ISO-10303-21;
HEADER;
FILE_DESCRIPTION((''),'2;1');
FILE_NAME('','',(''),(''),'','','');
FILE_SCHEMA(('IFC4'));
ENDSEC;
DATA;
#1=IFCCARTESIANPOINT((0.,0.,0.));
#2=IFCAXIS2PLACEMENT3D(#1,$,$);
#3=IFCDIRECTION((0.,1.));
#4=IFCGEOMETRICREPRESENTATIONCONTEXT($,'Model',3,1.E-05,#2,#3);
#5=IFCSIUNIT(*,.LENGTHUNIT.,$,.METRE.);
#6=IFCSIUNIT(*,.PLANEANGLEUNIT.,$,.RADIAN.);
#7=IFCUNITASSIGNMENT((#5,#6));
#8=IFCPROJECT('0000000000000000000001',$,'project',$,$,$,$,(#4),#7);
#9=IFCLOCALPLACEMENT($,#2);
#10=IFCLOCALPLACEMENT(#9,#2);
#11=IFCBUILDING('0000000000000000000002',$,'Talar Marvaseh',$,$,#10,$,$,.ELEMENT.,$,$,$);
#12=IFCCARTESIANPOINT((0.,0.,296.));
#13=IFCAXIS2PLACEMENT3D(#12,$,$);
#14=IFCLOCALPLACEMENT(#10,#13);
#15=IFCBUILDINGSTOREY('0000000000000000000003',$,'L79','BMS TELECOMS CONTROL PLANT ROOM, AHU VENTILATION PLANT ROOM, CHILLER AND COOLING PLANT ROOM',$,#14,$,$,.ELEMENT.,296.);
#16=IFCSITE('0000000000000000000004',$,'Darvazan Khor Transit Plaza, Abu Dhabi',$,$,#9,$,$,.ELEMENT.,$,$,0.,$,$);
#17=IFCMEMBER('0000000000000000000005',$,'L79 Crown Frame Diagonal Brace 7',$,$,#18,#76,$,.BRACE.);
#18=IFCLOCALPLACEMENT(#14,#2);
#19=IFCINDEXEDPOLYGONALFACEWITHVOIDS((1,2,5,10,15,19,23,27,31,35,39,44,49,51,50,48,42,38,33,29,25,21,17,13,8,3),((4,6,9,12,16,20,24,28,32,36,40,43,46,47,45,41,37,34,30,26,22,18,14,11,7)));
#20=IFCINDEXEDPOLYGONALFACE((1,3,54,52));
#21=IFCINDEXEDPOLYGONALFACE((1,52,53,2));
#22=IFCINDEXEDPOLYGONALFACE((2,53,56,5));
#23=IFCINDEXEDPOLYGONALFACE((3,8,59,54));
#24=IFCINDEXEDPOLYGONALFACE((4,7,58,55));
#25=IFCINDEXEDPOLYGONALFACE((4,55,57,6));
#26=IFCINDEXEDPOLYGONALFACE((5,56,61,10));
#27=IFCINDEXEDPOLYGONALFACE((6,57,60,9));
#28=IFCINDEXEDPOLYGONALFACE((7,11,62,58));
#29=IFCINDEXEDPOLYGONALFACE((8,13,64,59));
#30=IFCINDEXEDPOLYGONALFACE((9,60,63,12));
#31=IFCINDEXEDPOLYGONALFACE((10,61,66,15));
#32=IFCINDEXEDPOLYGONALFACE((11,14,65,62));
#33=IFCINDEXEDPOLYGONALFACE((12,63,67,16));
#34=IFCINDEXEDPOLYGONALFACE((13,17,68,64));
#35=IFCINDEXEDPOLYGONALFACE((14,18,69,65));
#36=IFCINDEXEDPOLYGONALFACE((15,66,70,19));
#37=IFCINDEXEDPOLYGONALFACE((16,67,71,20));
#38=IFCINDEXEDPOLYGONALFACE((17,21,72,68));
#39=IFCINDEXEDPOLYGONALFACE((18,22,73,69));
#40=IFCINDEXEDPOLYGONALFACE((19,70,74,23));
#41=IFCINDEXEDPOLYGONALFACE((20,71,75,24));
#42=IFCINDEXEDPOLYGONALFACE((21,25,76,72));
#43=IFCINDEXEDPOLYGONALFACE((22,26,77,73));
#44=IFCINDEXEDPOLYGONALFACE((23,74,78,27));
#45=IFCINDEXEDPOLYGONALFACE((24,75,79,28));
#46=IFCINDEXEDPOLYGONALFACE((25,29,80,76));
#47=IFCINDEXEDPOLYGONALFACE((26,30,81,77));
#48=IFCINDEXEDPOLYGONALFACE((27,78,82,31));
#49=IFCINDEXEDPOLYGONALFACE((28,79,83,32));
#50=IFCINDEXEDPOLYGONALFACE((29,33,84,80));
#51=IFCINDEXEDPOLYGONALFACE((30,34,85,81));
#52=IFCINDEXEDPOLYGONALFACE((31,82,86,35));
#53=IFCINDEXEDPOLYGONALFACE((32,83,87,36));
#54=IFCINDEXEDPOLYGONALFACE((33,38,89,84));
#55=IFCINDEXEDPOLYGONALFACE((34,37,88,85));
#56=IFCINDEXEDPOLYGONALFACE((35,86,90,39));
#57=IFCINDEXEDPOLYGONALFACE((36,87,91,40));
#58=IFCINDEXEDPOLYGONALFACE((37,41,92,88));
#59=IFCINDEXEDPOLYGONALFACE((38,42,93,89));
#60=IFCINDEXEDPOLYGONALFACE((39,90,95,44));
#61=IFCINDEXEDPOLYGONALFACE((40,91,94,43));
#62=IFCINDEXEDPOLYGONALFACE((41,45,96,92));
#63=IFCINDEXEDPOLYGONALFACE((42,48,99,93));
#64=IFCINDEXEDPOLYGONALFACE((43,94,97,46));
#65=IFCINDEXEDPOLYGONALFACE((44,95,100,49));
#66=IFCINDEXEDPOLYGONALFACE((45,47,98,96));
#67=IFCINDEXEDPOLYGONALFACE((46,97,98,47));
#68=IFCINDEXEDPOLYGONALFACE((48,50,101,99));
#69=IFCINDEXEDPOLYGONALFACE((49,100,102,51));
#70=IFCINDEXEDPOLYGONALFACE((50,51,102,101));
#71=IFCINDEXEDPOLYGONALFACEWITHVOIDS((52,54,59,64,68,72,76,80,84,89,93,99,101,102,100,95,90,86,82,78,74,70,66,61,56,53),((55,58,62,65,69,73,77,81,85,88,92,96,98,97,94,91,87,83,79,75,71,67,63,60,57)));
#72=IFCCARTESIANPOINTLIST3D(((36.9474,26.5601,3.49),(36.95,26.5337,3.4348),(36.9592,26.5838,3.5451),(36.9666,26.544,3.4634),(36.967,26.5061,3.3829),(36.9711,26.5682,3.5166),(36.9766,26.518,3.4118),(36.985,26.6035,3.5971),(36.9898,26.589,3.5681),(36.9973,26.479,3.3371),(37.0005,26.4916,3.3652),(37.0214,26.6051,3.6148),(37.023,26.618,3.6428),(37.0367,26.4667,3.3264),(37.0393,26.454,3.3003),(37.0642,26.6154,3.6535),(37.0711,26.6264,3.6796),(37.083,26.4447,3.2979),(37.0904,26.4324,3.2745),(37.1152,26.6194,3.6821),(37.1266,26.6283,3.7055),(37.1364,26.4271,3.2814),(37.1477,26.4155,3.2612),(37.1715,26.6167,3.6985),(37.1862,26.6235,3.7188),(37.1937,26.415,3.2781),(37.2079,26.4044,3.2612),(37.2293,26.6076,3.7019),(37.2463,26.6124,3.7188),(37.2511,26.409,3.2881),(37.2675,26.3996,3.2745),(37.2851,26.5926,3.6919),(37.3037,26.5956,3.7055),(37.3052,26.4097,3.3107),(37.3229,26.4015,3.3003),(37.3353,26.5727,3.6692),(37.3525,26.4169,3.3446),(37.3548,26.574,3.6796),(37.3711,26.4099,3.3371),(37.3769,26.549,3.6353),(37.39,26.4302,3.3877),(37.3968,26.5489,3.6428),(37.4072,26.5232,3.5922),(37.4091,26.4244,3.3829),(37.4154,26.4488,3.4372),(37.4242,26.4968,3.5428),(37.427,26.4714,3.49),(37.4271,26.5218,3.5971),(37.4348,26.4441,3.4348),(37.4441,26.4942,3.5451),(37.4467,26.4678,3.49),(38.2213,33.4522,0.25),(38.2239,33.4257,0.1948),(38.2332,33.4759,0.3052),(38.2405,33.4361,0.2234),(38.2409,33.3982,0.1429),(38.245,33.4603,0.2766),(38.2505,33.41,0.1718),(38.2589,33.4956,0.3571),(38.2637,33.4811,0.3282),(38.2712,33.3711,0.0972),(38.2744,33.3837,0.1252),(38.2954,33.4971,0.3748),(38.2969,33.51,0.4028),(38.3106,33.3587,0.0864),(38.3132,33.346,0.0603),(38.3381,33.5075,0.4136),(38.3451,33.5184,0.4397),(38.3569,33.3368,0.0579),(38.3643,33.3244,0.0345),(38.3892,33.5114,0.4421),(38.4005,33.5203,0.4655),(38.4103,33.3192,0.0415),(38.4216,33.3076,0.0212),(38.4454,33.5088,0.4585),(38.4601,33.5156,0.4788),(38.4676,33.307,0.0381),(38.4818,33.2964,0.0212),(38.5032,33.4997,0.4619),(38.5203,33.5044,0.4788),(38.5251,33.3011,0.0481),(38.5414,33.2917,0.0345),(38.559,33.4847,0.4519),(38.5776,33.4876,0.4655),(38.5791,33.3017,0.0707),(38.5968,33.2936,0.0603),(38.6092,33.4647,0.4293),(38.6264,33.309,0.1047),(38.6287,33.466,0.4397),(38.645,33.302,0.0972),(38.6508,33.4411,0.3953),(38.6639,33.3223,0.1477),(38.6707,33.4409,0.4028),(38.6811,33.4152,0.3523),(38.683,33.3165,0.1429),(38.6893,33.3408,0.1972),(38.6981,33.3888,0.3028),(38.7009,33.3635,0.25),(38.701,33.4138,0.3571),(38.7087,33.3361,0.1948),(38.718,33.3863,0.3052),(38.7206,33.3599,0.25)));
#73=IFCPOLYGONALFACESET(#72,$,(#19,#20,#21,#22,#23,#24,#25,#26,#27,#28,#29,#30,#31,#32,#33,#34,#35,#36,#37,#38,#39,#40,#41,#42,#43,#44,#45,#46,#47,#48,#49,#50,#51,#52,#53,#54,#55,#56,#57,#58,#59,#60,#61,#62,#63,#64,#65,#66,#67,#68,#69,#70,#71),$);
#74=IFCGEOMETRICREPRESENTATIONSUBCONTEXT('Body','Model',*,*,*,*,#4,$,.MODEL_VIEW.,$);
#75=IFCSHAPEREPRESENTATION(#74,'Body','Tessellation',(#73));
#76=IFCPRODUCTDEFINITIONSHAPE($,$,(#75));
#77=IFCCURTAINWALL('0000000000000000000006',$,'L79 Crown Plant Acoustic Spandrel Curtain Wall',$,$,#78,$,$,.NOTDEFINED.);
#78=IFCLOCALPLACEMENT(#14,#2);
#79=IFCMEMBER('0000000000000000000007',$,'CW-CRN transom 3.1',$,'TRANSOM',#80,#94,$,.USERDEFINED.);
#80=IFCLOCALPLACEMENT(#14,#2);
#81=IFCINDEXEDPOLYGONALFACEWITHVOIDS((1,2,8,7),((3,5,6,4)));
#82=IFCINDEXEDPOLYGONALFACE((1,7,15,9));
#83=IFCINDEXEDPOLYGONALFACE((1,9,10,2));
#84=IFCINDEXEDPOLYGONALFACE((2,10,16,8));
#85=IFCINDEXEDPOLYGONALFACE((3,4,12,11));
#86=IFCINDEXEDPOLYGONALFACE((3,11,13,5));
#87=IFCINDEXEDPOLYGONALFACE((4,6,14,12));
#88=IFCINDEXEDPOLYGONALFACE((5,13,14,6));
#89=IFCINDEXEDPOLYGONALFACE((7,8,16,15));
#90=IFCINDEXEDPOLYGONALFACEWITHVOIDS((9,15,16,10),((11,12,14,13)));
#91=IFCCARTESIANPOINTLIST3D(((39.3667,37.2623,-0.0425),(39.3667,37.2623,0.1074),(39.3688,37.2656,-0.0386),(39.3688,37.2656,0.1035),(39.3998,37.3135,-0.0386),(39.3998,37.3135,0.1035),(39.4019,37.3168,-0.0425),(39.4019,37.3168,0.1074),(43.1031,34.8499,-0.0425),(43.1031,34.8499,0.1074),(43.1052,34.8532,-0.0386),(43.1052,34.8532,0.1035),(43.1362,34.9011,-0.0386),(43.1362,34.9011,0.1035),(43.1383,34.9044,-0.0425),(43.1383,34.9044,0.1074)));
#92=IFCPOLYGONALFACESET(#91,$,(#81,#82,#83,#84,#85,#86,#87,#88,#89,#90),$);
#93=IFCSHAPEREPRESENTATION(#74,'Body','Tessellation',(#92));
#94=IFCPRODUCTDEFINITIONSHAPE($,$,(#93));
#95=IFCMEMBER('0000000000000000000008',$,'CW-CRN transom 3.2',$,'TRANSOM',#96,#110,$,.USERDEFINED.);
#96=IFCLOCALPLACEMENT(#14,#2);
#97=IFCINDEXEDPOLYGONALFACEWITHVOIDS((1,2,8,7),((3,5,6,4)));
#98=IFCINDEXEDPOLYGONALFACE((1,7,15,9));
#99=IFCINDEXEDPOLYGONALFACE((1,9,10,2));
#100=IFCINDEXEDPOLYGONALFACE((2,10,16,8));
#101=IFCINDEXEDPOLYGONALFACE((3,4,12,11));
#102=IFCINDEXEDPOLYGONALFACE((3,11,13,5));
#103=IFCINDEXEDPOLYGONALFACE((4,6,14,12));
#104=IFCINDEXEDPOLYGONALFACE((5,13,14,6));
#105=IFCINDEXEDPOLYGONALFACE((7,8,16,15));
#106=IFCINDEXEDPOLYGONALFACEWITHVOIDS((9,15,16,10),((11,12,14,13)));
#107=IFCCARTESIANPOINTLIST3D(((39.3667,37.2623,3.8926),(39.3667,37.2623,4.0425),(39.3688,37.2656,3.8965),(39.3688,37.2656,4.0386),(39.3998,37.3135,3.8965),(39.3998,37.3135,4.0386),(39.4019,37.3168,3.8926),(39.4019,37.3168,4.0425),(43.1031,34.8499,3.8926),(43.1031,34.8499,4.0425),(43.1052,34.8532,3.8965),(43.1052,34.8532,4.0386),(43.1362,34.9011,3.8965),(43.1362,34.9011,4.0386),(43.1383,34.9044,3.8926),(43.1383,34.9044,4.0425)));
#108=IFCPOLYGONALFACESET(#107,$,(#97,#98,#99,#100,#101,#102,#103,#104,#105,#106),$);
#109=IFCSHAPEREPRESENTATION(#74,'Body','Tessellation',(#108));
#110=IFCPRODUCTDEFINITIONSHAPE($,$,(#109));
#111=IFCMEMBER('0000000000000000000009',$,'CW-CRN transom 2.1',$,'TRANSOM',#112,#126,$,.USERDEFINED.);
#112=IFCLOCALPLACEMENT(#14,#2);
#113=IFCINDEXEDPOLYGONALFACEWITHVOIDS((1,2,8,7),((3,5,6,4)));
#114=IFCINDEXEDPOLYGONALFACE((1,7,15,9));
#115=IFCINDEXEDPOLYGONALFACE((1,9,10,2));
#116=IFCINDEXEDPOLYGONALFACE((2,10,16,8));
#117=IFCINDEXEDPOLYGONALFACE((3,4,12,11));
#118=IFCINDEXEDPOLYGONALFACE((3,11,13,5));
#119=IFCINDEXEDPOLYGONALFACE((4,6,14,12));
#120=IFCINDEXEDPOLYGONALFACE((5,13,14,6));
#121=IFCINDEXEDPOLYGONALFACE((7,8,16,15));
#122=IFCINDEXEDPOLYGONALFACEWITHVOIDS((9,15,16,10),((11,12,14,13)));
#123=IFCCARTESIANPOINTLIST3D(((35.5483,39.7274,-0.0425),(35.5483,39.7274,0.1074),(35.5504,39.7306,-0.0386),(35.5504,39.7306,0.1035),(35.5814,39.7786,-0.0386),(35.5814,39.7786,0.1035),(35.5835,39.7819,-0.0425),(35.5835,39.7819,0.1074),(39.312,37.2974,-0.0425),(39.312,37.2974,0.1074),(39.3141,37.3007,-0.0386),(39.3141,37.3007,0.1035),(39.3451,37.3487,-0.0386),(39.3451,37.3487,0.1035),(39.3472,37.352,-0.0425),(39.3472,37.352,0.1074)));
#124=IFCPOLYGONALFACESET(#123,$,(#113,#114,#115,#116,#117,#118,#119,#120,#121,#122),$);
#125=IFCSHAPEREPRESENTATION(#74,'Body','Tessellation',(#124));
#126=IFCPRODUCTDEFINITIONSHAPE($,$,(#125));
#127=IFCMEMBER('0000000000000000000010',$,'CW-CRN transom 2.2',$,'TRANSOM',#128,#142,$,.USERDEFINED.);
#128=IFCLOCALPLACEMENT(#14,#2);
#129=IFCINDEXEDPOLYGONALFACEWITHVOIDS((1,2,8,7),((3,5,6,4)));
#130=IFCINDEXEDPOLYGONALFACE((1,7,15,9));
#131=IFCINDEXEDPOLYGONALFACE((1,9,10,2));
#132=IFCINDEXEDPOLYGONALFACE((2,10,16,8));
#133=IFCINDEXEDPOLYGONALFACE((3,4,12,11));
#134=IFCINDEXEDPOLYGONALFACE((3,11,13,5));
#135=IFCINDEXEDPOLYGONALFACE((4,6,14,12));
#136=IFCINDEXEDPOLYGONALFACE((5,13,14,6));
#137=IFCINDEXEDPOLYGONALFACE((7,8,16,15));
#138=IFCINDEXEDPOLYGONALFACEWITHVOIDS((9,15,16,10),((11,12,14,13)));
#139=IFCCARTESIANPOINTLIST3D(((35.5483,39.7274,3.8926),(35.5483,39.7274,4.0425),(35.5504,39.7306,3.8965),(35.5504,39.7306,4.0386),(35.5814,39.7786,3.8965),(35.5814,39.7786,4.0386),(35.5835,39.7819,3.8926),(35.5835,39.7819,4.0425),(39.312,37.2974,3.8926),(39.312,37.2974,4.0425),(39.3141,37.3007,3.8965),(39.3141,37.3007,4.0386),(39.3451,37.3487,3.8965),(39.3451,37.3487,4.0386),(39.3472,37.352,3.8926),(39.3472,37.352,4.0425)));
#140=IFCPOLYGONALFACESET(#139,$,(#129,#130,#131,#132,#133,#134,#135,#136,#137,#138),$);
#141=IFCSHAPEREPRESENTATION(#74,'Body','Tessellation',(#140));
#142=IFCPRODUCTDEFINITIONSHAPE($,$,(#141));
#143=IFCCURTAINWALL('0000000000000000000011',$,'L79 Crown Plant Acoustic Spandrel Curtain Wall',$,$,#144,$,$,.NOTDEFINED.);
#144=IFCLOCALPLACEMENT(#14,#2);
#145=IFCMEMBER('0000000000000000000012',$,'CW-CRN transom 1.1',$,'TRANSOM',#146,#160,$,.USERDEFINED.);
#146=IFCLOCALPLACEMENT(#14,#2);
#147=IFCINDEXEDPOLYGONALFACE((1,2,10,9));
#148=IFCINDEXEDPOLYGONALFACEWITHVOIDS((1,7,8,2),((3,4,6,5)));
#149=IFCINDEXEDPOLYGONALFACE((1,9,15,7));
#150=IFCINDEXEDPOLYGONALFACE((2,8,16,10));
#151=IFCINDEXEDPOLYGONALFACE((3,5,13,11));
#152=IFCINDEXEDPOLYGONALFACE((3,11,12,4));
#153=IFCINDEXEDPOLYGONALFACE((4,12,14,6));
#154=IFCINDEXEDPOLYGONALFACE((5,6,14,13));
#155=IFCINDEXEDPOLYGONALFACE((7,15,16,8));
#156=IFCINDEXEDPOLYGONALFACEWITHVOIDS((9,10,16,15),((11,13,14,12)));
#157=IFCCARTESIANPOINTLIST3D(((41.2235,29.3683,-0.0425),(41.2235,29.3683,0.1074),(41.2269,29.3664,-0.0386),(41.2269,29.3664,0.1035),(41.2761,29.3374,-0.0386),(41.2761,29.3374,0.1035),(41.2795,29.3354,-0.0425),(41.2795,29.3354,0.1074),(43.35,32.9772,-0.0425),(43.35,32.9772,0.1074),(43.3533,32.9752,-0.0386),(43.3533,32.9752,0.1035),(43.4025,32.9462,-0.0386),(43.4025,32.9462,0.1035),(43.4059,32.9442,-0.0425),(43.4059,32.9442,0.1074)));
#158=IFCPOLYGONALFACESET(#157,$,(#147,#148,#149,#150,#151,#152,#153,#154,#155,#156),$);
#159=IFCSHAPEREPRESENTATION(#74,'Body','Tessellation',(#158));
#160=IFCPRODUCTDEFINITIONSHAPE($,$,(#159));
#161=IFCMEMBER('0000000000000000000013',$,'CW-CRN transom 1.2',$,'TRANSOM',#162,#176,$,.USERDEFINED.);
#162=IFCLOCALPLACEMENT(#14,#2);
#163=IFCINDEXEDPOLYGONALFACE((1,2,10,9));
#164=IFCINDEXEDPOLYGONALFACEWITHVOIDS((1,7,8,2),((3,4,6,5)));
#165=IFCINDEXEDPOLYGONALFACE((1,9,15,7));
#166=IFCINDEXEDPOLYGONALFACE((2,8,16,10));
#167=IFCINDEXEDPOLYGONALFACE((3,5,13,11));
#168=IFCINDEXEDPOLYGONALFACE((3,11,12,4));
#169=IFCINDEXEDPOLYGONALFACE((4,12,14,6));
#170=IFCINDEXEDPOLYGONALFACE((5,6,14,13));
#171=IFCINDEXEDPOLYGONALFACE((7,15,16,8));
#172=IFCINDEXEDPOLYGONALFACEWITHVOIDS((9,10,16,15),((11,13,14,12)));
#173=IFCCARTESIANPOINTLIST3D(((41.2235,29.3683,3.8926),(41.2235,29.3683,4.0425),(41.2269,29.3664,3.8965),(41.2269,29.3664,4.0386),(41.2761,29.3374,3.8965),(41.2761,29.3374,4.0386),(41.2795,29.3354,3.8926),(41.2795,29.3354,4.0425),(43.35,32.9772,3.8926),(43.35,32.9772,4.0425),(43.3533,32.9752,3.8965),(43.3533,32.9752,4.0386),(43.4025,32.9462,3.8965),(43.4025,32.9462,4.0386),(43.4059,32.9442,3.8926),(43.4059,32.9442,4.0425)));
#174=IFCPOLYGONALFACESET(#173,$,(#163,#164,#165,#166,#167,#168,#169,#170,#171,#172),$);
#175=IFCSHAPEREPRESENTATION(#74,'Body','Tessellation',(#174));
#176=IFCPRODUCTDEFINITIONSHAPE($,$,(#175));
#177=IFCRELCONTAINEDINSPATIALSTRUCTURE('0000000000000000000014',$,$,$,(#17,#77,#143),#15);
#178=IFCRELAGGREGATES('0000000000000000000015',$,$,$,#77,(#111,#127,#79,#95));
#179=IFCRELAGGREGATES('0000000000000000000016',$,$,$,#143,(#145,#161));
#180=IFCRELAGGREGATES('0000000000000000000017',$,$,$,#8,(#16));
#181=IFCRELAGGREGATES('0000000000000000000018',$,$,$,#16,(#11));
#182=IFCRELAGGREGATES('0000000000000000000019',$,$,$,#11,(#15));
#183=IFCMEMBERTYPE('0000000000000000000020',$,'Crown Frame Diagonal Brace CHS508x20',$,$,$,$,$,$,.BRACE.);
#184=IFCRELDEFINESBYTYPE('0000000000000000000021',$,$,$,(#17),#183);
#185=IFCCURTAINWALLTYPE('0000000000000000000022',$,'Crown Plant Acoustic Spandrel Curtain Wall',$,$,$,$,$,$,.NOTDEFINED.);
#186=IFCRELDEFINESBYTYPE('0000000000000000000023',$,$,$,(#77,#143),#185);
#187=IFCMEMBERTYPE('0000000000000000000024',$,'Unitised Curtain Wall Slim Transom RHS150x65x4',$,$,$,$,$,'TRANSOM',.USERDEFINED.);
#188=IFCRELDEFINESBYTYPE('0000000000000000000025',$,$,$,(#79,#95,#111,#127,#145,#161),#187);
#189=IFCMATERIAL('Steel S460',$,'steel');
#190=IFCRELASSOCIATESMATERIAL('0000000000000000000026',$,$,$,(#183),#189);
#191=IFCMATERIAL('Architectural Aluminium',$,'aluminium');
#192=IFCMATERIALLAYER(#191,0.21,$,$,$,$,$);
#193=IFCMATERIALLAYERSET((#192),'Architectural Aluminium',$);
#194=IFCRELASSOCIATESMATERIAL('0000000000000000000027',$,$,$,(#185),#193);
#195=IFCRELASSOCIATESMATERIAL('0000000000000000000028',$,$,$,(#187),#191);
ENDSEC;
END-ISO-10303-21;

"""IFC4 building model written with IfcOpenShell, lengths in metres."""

from ifc_helpers import new_model, si_unit, direction, frame, origin, origin_2d, place, context, subcontext, project, spatial, hollow_rectangle, hollow_circle, extrude, source, transform, mapped, material, layer, layer_set, material_profile, profile_set, type_object, type_shapes, element, aggregate, save


model = new_model("IFC4")

# Units and contexts
model_context = context("Model", 3, precision=1e-05, world=origin(), true_north=direction((0.0, 1.0)))
body_context = subcontext(model_context, "Body", "Model", "MODEL_VIEW")
ifc_project = project(units=[si_unit("LENGTHUNIT", "METRE"), si_unit("PLANEANGLEUNIT", "RADIAN")], contexts=[model_context])

# Site, building, storey
site_placement = place(None, origin())
site = spatial("IfcSite", under=ifc_project, at=site_placement, Name="Darvazan Khor Transit Plaza, Abu Dhabi", CompositionType="ELEMENT", RefElevation=0.0)
building_placement = place(site_placement, origin())
building = spatial("IfcBuilding", under=site, at=building_placement, Name="Talar Marvaseh", CompositionType="ELEMENT")
storey_placement = place(building_placement, frame((0.0, 0.0, 296.0)))
storey = spatial("IfcBuildingStorey", under=building, at=storey_placement, Name="L79", Description="BMS TELECOMS CONTROL PLANT ROOM, AHU VENTILATION PLANT ROOM, CHILLER AND COOLING PLANT ROOM", CompositionType="ELEMENT", Elevation=296.0)

# Shared definitions
ifc_material_1 = material(Name="Steel S460", Category="steel")

# Member
ifc_material_profile_1 = material_profile(ifc_material_1, hollow_circle(Radius=0.2539, WallThickness=0.02, at=origin_2d()), Name="CHS508x20")
ifc_profile_set_1 = profile_set([ifc_material_profile_1], Name="Steel S460")
member_type_1 = type_object("IfcMemberType", Name="Crown Frame Diagonal Brace CHS508x20", PredefinedType="BRACE", material=ifc_profile_set_1)
shared_shape_1 = source(origin(), body_context, "Body", "SweptSolid", [
    extrude(hollow_circle(Radius=0.2539, WallThickness=0.02, at=origin_2d()), origin(), (0.0, 0.0, 1.0), 7.7214),
])
type_shapes(member_type_1, [shared_shape_1])
member_1_placement = place(storey_placement, frame((38.4709, 33.406, 0.25), z_axis=(-0.164985, -0.892586, 0.419607), x_axis=(0.983343, -0.18176, 0.0)))
element("IfcMember", 1, at=member_1_placement, inside=storey, type_object=member_type_1, Name="L79 Crown Frame Diagonal Brace 7", PredefinedType="BRACE", context=body_context, shape_type="MappedRepresentation", body=[
    mapped(shared_shape_1, transform((0.0, 0.0, 0.0), x_axis=(1.0, 0.0, 0.0), y_axis=(0.0, 1.0, 0.0), z_axis=(0.0, 0.0, 1.0), scale=1.0)),
])

# Curtain walls, members
ifc_material_2 = material(Name="Architectural Aluminium", Category="aluminium")
ifc_layer_1 = layer(ifc_material_2, 0.21)
ifc_layer_set_1 = layer_set([ifc_layer_1], Name="Architectural Aluminium")
curtain_wall_type = type_object("IfcCurtainWallType", Name="Crown Plant Acoustic Spandrel Curtain Wall", PredefinedType="NOTDEFINED", material=ifc_layer_set_1)
curtain_wall_1_placement = place(storey_placement, origin())
curtain_wall_1 = element("IfcCurtainWall", 2, at=curtain_wall_1_placement, inside=storey, type_object=curtain_wall_type, Name="L79 Crown Plant Acoustic Spandrel Curtain Wall", PredefinedType="NOTDEFINED")
ifc_material_profile_2 = material_profile(ifc_material_2, hollow_rectangle(XDim=0.0649, YDim=0.1499, WallThickness=0.0039, at=origin_2d()), Name="RHS150x65x4")
ifc_profile_set_2 = profile_set([ifc_material_profile_2], Name="Architectural Aluminium")
member_type_2 = type_object("IfcMemberType", Name="Unitised Curtain Wall Slim Transom RHS150x65x4", ElementType="TRANSOM", PredefinedType="USERDEFINED", material=ifc_profile_set_2)
shared_shape_2 = source(origin(), body_context, "Body", "SweptSolid", [
    extrude(hollow_rectangle(XDim=0.0649, YDim=0.1499, WallThickness=0.0039, at=origin_2d()), origin(), (0.0, 0.0, 1.0), 4.4475),
])
member_2_placement = place(storey_placement, frame((39.3843, 37.2896, 0.0325), z_axis=(0.84011, -0.542416, 0.0), x_axis=(0.542416, 0.84011, 0.0)))
member_2 = element("IfcMember", 3, at=member_2_placement, type_object=member_type_2, Name="CW-CRN transom 3.1", ObjectType="TRANSOM", PredefinedType="USERDEFINED", context=body_context, shape_type="MappedRepresentation", body=[
    mapped(shared_shape_2, transform((0.0, 0.0, 0.0), x_axis=(1.0, 0.0, 0.0), y_axis=(0.0, 1.0, 0.0), z_axis=(0.0, 0.0, 1.0), scale=1.0)),
])
member_3_placement = place(storey_placement, frame((39.3843, 37.2896, 3.9675), z_axis=(0.84011, -0.542416, 0.0), x_axis=(0.542416, 0.84011, 0.0)))
member_3 = element("IfcMember", 4, at=member_3_placement, type_object=member_type_2, Name="CW-CRN transom 3.2", ObjectType="TRANSOM", PredefinedType="USERDEFINED", context=body_context, shape_type="MappedRepresentation", body=[
    mapped(shared_shape_2, transform((0.0, 0.0, 0.0), x_axis=(1.0, 0.0, 0.0), y_axis=(0.0, 1.0, 0.0), z_axis=(0.0, 0.0, 1.0), scale=1.0)),
])
shared_shape_3 = source(origin(), body_context, "Body", "SweptSolid", [
    extrude(hollow_rectangle(XDim=0.0649, YDim=0.1499, WallThickness=0.0039, at=origin_2d()), origin(), (0.0, 0.0, 1.0), 4.48),
])
member_4_placement = place(storey_placement, frame((35.5659, 39.7546, 0.0325), z_axis=(0.840118, -0.542404, 0.0), x_axis=(0.542404, 0.840118, 0.0)))
member_4 = element("IfcMember", 5, at=member_4_placement, type_object=member_type_2, Name="CW-CRN transom 2.1", ObjectType="TRANSOM", PredefinedType="USERDEFINED", context=body_context, shape_type="MappedRepresentation", body=[
    mapped(shared_shape_3, transform((0.0, 0.0, 0.0), x_axis=(1.0, 0.0, 0.0), y_axis=(0.0, 1.0, 0.0), z_axis=(0.0, 0.0, 1.0), scale=1.0)),
])
member_5_placement = place(storey_placement, frame((35.5659, 39.7546, 3.9675), z_axis=(0.840118, -0.542404, 0.0), x_axis=(0.542404, 0.840118, 0.0)))
member_5 = element("IfcMember", 6, at=member_5_placement, type_object=member_type_2, Name="CW-CRN transom 2.2", ObjectType="TRANSOM", PredefinedType="USERDEFINED", context=body_context, shape_type="MappedRepresentation", body=[
    mapped(shared_shape_3, transform((0.0, 0.0, 0.0), x_axis=(1.0, 0.0, 0.0), y_axis=(0.0, 1.0, 0.0), z_axis=(0.0, 0.0, 1.0), scale=1.0)),
])
curtain_wall_2_placement = place(storey_placement, origin())
curtain_wall_2 = element("IfcCurtainWall", 7, at=curtain_wall_2_placement, inside=storey, type_object=curtain_wall_type, Name="L79 Crown Plant Acoustic Spandrel Curtain Wall", PredefinedType="NOTDEFINED")
shared_shape_4 = source(origin(), body_context, "Body", "SweptSolid", [
    extrude(hollow_rectangle(XDim=0.0649, YDim=0.1499, WallThickness=0.0039, at=origin_2d()), origin(), (0.0, 0.0, 1.0), 4.1887),
])
type_shapes(member_type_2, [shared_shape_2, shared_shape_3, shared_shape_4])
member_6_placement = place(storey_placement, frame((43.3779, 32.9607, 0.0325), z_axis=(-0.507657, -0.861559, 0.0), x_axis=(0.861559, -0.507657, 0.0)))
member_6 = element("IfcMember", 8, at=member_6_placement, type_object=member_type_2, Name="CW-CRN transom 1.1", ObjectType="TRANSOM", PredefinedType="USERDEFINED", context=body_context, shape_type="MappedRepresentation", body=[
    mapped(shared_shape_4, transform((0.0, 0.0, 0.0), x_axis=(1.0, 0.0, 0.0), y_axis=(0.0, 1.0, 0.0), z_axis=(0.0, 0.0, 1.0), scale=1.0)),
])
member_7_placement = place(storey_placement, frame((43.3779, 32.9607, 3.9675), z_axis=(-0.507657, -0.861559, 0.0), x_axis=(0.861559, -0.507657, 0.0)))
member_7 = element("IfcMember", 9, at=member_7_placement, type_object=member_type_2, Name="CW-CRN transom 1.2", ObjectType="TRANSOM", PredefinedType="USERDEFINED", context=body_context, shape_type="MappedRepresentation", body=[
    mapped(shared_shape_4, transform((0.0, 0.0, 0.0), x_axis=(1.0, 0.0, 0.0), y_axis=(0.0, 1.0, 0.0), z_axis=(0.0, 0.0, 1.0), scale=1.0)),
])

aggregate(curtain_wall_1, [member_4, member_5, member_2, member_3])
aggregate(curtain_wall_2, [member_6, member_7])

save(model, "model.ifc")
